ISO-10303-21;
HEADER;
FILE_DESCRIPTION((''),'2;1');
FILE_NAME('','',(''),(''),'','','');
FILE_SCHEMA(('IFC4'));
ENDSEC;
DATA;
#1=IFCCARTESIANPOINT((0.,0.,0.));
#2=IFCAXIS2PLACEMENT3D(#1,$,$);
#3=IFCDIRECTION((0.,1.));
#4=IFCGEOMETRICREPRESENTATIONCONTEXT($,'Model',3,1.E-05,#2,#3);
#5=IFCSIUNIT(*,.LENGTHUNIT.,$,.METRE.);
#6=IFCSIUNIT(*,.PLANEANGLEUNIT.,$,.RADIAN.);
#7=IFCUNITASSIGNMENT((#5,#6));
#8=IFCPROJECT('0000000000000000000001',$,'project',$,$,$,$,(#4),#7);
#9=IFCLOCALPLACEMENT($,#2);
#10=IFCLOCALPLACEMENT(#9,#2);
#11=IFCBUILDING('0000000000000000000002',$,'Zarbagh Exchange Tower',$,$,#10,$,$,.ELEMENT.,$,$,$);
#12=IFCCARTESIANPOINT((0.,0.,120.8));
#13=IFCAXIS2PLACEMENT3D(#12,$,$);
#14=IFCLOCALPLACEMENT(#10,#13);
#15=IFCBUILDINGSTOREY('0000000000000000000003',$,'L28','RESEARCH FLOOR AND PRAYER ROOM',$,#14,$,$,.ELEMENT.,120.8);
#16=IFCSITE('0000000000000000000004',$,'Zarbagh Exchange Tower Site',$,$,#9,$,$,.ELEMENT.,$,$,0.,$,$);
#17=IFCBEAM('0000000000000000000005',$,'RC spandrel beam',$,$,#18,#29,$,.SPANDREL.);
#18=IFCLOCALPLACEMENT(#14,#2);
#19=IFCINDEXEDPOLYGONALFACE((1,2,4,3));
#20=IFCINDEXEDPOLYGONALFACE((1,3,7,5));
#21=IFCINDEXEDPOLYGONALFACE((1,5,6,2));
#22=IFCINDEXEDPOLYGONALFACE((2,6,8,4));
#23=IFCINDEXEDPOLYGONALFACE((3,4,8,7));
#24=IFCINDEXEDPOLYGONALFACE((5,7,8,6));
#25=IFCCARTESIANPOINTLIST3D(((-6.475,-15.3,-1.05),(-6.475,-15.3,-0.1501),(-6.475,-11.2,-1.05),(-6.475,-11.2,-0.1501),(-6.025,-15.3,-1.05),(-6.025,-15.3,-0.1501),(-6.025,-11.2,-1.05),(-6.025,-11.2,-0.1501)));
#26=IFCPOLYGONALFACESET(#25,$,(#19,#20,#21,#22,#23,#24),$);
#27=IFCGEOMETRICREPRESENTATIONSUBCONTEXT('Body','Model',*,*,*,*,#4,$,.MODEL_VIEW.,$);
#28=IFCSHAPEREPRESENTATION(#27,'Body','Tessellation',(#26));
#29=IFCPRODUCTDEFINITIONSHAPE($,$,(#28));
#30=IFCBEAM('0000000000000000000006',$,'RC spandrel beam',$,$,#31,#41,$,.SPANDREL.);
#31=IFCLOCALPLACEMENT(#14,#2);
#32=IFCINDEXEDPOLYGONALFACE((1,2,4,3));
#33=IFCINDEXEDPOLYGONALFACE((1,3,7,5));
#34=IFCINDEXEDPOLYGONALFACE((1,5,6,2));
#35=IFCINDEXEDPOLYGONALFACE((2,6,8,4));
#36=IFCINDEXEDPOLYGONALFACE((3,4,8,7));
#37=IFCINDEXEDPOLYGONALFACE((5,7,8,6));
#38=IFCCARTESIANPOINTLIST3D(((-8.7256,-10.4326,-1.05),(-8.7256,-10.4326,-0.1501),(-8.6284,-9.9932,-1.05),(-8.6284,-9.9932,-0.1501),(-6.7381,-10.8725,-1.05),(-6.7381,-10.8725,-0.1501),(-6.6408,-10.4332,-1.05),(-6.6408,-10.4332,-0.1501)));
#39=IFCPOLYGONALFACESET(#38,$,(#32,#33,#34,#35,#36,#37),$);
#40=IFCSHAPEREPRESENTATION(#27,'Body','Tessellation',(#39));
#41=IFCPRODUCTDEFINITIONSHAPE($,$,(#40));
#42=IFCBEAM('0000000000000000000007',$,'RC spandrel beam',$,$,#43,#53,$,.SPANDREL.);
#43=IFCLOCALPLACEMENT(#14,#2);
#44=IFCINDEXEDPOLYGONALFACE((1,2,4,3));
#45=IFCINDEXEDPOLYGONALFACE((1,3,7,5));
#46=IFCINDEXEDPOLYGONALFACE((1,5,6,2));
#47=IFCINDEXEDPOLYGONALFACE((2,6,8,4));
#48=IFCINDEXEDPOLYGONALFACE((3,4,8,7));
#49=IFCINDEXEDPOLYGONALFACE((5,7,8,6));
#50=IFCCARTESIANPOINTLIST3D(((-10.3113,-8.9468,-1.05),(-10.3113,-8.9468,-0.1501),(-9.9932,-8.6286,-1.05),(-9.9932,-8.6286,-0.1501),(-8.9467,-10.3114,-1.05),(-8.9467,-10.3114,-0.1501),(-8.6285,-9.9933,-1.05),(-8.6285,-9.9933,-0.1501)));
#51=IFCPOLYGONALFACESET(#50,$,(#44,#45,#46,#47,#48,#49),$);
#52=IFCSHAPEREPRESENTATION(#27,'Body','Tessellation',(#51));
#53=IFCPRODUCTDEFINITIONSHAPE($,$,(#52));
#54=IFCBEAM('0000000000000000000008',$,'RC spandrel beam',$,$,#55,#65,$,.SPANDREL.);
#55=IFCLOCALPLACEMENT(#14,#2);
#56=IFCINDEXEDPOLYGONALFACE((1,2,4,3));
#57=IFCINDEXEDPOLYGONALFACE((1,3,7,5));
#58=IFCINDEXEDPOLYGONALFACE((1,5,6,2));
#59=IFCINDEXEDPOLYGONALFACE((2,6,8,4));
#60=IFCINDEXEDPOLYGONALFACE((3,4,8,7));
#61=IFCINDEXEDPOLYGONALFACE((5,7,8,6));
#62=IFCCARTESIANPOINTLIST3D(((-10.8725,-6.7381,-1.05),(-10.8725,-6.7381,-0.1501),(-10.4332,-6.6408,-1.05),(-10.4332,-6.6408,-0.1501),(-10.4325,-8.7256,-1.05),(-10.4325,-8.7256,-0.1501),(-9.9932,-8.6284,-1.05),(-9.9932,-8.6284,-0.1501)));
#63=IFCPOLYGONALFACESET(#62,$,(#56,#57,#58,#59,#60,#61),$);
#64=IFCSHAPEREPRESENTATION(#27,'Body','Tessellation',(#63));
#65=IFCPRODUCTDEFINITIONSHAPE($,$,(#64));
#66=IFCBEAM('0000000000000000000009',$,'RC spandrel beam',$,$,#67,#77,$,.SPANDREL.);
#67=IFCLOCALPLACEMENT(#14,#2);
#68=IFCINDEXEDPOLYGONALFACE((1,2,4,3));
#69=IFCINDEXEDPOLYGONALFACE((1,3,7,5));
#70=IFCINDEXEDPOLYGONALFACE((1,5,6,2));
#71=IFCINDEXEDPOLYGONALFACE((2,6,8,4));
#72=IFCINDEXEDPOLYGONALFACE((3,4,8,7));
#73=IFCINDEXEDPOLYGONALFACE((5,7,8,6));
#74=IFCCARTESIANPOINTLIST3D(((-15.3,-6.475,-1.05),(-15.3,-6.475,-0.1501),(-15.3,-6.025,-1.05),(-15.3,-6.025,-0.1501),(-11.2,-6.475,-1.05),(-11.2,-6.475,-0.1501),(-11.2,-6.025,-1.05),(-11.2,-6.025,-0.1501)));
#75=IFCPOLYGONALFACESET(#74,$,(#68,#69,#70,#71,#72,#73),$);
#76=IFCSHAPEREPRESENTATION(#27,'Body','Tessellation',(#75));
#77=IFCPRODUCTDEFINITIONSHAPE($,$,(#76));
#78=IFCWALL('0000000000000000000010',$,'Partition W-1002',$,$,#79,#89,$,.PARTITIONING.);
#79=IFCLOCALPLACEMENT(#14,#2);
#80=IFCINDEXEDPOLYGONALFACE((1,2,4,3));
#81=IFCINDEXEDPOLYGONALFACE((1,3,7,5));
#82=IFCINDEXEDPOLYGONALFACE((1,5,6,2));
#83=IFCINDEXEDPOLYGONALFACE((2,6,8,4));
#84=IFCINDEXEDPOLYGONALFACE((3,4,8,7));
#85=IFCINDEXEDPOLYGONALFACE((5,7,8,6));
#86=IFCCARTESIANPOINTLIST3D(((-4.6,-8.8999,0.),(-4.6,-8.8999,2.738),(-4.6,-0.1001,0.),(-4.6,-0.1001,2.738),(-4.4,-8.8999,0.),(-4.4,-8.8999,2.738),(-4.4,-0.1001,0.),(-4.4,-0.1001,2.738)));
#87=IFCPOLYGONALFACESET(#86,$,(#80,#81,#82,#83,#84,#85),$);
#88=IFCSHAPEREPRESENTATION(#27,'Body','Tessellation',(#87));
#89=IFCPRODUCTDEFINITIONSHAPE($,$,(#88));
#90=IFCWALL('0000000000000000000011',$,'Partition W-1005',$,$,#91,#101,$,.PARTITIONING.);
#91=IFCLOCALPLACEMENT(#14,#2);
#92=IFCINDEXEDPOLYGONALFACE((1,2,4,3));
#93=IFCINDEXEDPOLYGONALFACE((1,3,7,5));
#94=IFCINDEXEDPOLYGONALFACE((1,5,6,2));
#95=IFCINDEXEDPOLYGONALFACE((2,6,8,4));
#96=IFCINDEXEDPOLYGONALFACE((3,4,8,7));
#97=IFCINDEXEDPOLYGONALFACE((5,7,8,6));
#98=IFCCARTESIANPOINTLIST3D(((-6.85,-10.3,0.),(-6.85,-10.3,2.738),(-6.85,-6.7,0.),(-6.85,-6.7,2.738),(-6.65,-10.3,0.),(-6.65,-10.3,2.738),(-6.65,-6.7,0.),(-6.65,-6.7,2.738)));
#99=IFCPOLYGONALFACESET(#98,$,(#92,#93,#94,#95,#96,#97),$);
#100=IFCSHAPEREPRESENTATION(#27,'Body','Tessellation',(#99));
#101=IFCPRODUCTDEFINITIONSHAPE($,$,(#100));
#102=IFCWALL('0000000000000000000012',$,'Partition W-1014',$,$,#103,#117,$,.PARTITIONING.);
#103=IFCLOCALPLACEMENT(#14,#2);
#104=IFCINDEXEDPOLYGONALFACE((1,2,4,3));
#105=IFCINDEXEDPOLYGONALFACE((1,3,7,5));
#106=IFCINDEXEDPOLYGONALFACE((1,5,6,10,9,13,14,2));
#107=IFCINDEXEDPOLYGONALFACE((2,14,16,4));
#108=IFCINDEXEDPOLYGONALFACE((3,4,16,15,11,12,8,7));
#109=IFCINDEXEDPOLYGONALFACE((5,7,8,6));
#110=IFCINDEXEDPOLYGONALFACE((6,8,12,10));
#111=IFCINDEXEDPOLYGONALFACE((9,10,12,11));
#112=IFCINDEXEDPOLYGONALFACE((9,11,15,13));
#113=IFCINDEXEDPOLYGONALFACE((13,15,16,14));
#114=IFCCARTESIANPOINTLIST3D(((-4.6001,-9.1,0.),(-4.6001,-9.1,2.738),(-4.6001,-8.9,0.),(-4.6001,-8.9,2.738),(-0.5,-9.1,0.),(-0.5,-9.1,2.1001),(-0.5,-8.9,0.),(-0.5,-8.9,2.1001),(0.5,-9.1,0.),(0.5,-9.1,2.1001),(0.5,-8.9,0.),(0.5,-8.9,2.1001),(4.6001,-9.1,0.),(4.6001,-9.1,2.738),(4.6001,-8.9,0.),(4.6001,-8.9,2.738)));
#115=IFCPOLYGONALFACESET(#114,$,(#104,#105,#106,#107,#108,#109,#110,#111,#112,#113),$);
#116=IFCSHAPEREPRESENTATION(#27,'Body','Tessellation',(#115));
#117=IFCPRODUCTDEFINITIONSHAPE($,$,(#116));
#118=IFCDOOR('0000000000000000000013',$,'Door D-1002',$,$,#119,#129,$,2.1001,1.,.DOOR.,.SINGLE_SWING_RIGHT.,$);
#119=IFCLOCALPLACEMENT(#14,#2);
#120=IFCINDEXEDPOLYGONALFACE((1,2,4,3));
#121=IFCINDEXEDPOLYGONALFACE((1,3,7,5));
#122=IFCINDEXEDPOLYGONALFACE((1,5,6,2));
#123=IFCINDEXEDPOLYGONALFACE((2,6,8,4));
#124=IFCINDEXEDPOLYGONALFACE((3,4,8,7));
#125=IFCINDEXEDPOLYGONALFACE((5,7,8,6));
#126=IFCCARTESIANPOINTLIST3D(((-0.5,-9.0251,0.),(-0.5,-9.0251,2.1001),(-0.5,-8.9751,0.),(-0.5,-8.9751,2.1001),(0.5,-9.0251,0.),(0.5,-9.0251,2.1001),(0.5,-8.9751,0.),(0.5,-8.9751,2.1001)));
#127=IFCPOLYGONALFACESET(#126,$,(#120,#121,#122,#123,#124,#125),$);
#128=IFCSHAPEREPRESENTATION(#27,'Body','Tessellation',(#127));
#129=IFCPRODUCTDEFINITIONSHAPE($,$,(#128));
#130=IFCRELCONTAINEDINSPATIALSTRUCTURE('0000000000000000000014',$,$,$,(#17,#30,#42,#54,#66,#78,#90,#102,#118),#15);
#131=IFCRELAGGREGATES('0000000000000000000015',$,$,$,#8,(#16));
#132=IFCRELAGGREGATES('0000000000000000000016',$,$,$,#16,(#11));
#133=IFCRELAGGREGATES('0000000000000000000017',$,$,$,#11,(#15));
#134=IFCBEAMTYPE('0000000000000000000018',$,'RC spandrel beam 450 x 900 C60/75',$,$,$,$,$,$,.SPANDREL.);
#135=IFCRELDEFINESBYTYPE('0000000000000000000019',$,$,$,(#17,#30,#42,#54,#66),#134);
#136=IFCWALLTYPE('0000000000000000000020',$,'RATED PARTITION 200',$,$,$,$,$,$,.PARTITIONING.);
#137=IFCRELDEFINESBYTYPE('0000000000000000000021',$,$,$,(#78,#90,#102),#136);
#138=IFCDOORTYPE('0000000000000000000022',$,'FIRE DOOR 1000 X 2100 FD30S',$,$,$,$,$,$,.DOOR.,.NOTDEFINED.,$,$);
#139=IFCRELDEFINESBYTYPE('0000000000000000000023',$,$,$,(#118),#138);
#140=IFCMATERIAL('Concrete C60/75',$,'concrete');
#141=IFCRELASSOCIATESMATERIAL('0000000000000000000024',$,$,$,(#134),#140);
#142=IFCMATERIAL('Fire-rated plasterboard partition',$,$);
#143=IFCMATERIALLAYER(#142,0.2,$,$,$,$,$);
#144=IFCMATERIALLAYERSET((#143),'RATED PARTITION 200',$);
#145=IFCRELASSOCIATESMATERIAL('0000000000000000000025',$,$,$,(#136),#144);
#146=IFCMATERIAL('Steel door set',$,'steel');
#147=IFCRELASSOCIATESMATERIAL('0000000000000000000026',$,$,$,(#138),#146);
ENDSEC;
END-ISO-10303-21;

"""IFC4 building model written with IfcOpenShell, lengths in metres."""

from ifc_helpers import new_model, si_unit, direction, frame, frame_2d, origin, origin_2d, place, context, subcontext, project, spatial, rectangle, extrude, material, layer, layer_set, material_profile, profile_set, type_object, element, fill, save


model = new_model("IFC4")

# Units and contexts
model_context = context("Model", 3, precision=1e-05, world=origin(), true_north=direction((0.0, 1.0)))
body_context = subcontext(model_context, "Body", "Model", "MODEL_VIEW")
ifc_project = project(units=[si_unit("LENGTHUNIT", "METRE"), si_unit("PLANEANGLEUNIT", "RADIAN")], contexts=[model_context])

# Site, building, storey
site_placement = place(None, origin())
site = spatial("IfcSite", under=ifc_project, at=site_placement, Name="Zarbagh Exchange Tower Site", CompositionType="ELEMENT", RefElevation=0.0)
building_placement = place(site_placement, origin())
building = spatial("IfcBuilding", under=site, at=building_placement, Name="Zarbagh Exchange Tower", CompositionType="ELEMENT")
storey_placement = place(building_placement, frame((0.0, 0.0, 120.8)))
storey = spatial("IfcBuildingStorey", under=building, at=storey_placement, Name="L28", Description="RESEARCH FLOOR AND PRAYER ROOM", CompositionType="ELEMENT", Elevation=120.8)

# Shared definitions
ifc_material_1 = material(Name="Concrete C60/75", Category="concrete")

# Beams
ifc_material_profile_1 = material_profile(ifc_material_1, rectangle(XDim=0.45, YDim=0.8999, at=origin_2d()), Name="RC spandrel beam 450 x 900 C60/75")
ifc_profile_set_1 = profile_set([ifc_material_profile_1], Name="Concrete C60/75")
beam_type_1 = type_object("IfcBeamType", Name="RC spandrel beam 450 x 900 C60/75", PredefinedType="SPANDREL", material=ifc_profile_set_1)
beam_1_placement = place(storey_placement, frame((-6.25, -15.3, -0.6001), z_axis=(0.0, 1.0, 0.0), x_axis=(-1.0, 0.0, 0.0)))
element("IfcBeam", 1, at=beam_1_placement, inside=storey, type_object=beam_type_1, Name="RC spandrel beam", PredefinedType="SPANDREL", context=body_context, shape_type="SweptSolid", body=[
    extrude(rectangle(XDim=0.45, YDim=0.8999, at=origin_2d()), origin(), (0.0, 0.0, 1.0), 4.1001),
])
beam_2_placement = place(storey_placement, frame((-6.6895, -10.6528, -0.6001), z_axis=(-0.976367, 0.216118, 0.0), x_axis=(-0.216118, -0.976367, 0.0)))
element("IfcBeam", 2, at=beam_2_placement, inside=storey, type_object=beam_type_1, Name="RC spandrel beam", PredefinedType="SPANDREL", context=body_context, shape_type="SweptSolid", body=[
    extrude(rectangle(XDim=0.45, YDim=0.8999, at=origin_2d()), origin(), (0.0, 0.0, 1.0), 2.0356),
])
beam_3_placement = place(storey_placement, frame((-8.7876, -10.1523, -0.6001), z_axis=(-0.707107, 0.707107, 0.0), x_axis=(-0.707107, -0.707107, 0.0)))
element("IfcBeam", 3, at=beam_3_placement, inside=storey, type_object=beam_type_1, Name="RC spandrel beam", PredefinedType="SPANDREL", context=body_context, shape_type="SweptSolid", body=[
    extrude(rectangle(XDim=0.45, YDim=0.8999, at=origin_2d()), origin(), (0.0, 0.0, 1.0), 1.9299),
])
beam_4_placement = place(storey_placement, frame((-10.2129, -8.677, -0.6001), z_axis=(-0.216118, 0.976367, 0.0), x_axis=(-0.976367, -0.216118, 0.0)))
element("IfcBeam", 4, at=beam_4_placement, inside=storey, type_object=beam_type_1, Name="RC spandrel beam", PredefinedType="SPANDREL", context=body_context, shape_type="SweptSolid", body=[
    extrude(rectangle(XDim=0.45, YDim=0.8999, at=origin_2d()), origin(), (0.0, 0.0, 1.0), 2.0356),
])
beam_5_placement = place(storey_placement, frame((-11.2, -6.25, -0.6001), z_axis=(-1.0, 0.0, 0.0), x_axis=(0.0, -1.0, 0.0)))
element("IfcBeam", 5, at=beam_5_placement, inside=storey, type_object=beam_type_1, Name="RC spandrel beam", PredefinedType="SPANDREL", context=body_context, shape_type="SweptSolid", body=[
    extrude(rectangle(XDim=0.45, YDim=0.8999, at=origin_2d()), origin(), (0.0, 0.0, 1.0), 4.1001),
])

# Walls
ifc_material_2 = material(Name="Fire-rated plasterboard partition")
ifc_layer = layer(ifc_material_2, 0.2)
ifc_layer_set = layer_set([ifc_layer], Name="RATED PARTITION 200")
wall_type = type_object("IfcWallType", Name="RATED PARTITION 200", PredefinedType="PARTITIONING", material=ifc_layer_set)
wall_1_placement = place(storey_placement, frame((-4.5, -8.8999, 0.0), z_axis=(0.0, 0.0, 1.0), x_axis=(0.0, 1.0, 0.0)))
element("IfcWall", 6, at=wall_1_placement, inside=storey, type_object=wall_type, Name="Partition W-1002", PredefinedType="PARTITIONING", context=body_context, shape_type="SweptSolid", body=[
    extrude(rectangle(XDim=8.7998, YDim=0.2, at=frame_2d((4.3999, 0.0))), origin(), (0.0, 0.0, 1.0), 2.738),
])
wall_2_placement = place(storey_placement, frame((-6.75, -10.3, 0.0), z_axis=(0.0, 0.0, 1.0), x_axis=(0.0, 1.0, 0.0)))
element("IfcWall", 7, at=wall_2_placement, inside=storey, type_object=wall_type, Name="Partition W-1005", PredefinedType="PARTITIONING", context=body_context, shape_type="SweptSolid", body=[
    extrude(rectangle(XDim=3.6001, YDim=0.2, at=frame_2d((1.8, 0.0))), origin(), (0.0, 0.0, 1.0), 2.738),
])

# Wall, opening, door
wall_3_placement = place(storey_placement, frame((-4.6001, -9.0, 0.0), z_axis=(0.0, 0.0, 1.0), x_axis=(1.0, 0.0, 0.0)))
wall_3 = element("IfcWall", 8, at=wall_3_placement, inside=storey, type_object=wall_type, Name="Partition W-1014", PredefinedType="PARTITIONING", context=body_context, shape_type="SweptSolid", body=[
    extrude(rectangle(XDim=9.2002, YDim=0.2, at=frame_2d((4.6001, 0.0))), origin(), (0.0, 0.0, 1.0), 2.738),
])
opening_placement = place(wall_3_placement, frame((4.1001, 0.0, 0.0)))
opening = element("IfcOpeningElement", 9, at=opening_placement, cuts=wall_3, PredefinedType="OPENING", context=body_context, shape_type="SweptSolid", body=[
    extrude(rectangle(XDim=1.0, YDim=2.1001, at=frame_2d((0.5, 1.05))), frame((0.0, 0.1099, 0.0), z_axis=(0.0, -1.0, 0.0), x_axis=(1.0, 0.0, 0.0)), (0.0, 0.0, 1.0), 0.22),
])
ifc_material_3 = material(Name="Steel door set", Category="steel")
door_type = type_object("IfcDoorType", Name="FIRE DOOR 1000 X 2100 FD30S", OperationType="NOTDEFINED", PredefinedType="DOOR", material=ifc_material_3)
door_placement = place(opening_placement, origin())
door = element("IfcDoor", 10, at=door_placement, inside=storey, type_object=door_type, Name="Door D-1002", OperationType="SINGLE_SWING_RIGHT", OverallHeight=2.1001, OverallWidth=1.0, PredefinedType="DOOR", context=body_context, shape_type="SweptSolid", body=[
    extrude(rectangle(XDim=1.0, YDim=2.1001, at=frame_2d((0.5, 1.05))), frame((0.0, 0.0249, 0.0), z_axis=(0.0, -1.0, 0.0), x_axis=(1.0, 0.0, 0.0)), (0.0, 0.0, 1.0), 0.05),
])
fill(opening, door)

save(model, "model.ifc")
